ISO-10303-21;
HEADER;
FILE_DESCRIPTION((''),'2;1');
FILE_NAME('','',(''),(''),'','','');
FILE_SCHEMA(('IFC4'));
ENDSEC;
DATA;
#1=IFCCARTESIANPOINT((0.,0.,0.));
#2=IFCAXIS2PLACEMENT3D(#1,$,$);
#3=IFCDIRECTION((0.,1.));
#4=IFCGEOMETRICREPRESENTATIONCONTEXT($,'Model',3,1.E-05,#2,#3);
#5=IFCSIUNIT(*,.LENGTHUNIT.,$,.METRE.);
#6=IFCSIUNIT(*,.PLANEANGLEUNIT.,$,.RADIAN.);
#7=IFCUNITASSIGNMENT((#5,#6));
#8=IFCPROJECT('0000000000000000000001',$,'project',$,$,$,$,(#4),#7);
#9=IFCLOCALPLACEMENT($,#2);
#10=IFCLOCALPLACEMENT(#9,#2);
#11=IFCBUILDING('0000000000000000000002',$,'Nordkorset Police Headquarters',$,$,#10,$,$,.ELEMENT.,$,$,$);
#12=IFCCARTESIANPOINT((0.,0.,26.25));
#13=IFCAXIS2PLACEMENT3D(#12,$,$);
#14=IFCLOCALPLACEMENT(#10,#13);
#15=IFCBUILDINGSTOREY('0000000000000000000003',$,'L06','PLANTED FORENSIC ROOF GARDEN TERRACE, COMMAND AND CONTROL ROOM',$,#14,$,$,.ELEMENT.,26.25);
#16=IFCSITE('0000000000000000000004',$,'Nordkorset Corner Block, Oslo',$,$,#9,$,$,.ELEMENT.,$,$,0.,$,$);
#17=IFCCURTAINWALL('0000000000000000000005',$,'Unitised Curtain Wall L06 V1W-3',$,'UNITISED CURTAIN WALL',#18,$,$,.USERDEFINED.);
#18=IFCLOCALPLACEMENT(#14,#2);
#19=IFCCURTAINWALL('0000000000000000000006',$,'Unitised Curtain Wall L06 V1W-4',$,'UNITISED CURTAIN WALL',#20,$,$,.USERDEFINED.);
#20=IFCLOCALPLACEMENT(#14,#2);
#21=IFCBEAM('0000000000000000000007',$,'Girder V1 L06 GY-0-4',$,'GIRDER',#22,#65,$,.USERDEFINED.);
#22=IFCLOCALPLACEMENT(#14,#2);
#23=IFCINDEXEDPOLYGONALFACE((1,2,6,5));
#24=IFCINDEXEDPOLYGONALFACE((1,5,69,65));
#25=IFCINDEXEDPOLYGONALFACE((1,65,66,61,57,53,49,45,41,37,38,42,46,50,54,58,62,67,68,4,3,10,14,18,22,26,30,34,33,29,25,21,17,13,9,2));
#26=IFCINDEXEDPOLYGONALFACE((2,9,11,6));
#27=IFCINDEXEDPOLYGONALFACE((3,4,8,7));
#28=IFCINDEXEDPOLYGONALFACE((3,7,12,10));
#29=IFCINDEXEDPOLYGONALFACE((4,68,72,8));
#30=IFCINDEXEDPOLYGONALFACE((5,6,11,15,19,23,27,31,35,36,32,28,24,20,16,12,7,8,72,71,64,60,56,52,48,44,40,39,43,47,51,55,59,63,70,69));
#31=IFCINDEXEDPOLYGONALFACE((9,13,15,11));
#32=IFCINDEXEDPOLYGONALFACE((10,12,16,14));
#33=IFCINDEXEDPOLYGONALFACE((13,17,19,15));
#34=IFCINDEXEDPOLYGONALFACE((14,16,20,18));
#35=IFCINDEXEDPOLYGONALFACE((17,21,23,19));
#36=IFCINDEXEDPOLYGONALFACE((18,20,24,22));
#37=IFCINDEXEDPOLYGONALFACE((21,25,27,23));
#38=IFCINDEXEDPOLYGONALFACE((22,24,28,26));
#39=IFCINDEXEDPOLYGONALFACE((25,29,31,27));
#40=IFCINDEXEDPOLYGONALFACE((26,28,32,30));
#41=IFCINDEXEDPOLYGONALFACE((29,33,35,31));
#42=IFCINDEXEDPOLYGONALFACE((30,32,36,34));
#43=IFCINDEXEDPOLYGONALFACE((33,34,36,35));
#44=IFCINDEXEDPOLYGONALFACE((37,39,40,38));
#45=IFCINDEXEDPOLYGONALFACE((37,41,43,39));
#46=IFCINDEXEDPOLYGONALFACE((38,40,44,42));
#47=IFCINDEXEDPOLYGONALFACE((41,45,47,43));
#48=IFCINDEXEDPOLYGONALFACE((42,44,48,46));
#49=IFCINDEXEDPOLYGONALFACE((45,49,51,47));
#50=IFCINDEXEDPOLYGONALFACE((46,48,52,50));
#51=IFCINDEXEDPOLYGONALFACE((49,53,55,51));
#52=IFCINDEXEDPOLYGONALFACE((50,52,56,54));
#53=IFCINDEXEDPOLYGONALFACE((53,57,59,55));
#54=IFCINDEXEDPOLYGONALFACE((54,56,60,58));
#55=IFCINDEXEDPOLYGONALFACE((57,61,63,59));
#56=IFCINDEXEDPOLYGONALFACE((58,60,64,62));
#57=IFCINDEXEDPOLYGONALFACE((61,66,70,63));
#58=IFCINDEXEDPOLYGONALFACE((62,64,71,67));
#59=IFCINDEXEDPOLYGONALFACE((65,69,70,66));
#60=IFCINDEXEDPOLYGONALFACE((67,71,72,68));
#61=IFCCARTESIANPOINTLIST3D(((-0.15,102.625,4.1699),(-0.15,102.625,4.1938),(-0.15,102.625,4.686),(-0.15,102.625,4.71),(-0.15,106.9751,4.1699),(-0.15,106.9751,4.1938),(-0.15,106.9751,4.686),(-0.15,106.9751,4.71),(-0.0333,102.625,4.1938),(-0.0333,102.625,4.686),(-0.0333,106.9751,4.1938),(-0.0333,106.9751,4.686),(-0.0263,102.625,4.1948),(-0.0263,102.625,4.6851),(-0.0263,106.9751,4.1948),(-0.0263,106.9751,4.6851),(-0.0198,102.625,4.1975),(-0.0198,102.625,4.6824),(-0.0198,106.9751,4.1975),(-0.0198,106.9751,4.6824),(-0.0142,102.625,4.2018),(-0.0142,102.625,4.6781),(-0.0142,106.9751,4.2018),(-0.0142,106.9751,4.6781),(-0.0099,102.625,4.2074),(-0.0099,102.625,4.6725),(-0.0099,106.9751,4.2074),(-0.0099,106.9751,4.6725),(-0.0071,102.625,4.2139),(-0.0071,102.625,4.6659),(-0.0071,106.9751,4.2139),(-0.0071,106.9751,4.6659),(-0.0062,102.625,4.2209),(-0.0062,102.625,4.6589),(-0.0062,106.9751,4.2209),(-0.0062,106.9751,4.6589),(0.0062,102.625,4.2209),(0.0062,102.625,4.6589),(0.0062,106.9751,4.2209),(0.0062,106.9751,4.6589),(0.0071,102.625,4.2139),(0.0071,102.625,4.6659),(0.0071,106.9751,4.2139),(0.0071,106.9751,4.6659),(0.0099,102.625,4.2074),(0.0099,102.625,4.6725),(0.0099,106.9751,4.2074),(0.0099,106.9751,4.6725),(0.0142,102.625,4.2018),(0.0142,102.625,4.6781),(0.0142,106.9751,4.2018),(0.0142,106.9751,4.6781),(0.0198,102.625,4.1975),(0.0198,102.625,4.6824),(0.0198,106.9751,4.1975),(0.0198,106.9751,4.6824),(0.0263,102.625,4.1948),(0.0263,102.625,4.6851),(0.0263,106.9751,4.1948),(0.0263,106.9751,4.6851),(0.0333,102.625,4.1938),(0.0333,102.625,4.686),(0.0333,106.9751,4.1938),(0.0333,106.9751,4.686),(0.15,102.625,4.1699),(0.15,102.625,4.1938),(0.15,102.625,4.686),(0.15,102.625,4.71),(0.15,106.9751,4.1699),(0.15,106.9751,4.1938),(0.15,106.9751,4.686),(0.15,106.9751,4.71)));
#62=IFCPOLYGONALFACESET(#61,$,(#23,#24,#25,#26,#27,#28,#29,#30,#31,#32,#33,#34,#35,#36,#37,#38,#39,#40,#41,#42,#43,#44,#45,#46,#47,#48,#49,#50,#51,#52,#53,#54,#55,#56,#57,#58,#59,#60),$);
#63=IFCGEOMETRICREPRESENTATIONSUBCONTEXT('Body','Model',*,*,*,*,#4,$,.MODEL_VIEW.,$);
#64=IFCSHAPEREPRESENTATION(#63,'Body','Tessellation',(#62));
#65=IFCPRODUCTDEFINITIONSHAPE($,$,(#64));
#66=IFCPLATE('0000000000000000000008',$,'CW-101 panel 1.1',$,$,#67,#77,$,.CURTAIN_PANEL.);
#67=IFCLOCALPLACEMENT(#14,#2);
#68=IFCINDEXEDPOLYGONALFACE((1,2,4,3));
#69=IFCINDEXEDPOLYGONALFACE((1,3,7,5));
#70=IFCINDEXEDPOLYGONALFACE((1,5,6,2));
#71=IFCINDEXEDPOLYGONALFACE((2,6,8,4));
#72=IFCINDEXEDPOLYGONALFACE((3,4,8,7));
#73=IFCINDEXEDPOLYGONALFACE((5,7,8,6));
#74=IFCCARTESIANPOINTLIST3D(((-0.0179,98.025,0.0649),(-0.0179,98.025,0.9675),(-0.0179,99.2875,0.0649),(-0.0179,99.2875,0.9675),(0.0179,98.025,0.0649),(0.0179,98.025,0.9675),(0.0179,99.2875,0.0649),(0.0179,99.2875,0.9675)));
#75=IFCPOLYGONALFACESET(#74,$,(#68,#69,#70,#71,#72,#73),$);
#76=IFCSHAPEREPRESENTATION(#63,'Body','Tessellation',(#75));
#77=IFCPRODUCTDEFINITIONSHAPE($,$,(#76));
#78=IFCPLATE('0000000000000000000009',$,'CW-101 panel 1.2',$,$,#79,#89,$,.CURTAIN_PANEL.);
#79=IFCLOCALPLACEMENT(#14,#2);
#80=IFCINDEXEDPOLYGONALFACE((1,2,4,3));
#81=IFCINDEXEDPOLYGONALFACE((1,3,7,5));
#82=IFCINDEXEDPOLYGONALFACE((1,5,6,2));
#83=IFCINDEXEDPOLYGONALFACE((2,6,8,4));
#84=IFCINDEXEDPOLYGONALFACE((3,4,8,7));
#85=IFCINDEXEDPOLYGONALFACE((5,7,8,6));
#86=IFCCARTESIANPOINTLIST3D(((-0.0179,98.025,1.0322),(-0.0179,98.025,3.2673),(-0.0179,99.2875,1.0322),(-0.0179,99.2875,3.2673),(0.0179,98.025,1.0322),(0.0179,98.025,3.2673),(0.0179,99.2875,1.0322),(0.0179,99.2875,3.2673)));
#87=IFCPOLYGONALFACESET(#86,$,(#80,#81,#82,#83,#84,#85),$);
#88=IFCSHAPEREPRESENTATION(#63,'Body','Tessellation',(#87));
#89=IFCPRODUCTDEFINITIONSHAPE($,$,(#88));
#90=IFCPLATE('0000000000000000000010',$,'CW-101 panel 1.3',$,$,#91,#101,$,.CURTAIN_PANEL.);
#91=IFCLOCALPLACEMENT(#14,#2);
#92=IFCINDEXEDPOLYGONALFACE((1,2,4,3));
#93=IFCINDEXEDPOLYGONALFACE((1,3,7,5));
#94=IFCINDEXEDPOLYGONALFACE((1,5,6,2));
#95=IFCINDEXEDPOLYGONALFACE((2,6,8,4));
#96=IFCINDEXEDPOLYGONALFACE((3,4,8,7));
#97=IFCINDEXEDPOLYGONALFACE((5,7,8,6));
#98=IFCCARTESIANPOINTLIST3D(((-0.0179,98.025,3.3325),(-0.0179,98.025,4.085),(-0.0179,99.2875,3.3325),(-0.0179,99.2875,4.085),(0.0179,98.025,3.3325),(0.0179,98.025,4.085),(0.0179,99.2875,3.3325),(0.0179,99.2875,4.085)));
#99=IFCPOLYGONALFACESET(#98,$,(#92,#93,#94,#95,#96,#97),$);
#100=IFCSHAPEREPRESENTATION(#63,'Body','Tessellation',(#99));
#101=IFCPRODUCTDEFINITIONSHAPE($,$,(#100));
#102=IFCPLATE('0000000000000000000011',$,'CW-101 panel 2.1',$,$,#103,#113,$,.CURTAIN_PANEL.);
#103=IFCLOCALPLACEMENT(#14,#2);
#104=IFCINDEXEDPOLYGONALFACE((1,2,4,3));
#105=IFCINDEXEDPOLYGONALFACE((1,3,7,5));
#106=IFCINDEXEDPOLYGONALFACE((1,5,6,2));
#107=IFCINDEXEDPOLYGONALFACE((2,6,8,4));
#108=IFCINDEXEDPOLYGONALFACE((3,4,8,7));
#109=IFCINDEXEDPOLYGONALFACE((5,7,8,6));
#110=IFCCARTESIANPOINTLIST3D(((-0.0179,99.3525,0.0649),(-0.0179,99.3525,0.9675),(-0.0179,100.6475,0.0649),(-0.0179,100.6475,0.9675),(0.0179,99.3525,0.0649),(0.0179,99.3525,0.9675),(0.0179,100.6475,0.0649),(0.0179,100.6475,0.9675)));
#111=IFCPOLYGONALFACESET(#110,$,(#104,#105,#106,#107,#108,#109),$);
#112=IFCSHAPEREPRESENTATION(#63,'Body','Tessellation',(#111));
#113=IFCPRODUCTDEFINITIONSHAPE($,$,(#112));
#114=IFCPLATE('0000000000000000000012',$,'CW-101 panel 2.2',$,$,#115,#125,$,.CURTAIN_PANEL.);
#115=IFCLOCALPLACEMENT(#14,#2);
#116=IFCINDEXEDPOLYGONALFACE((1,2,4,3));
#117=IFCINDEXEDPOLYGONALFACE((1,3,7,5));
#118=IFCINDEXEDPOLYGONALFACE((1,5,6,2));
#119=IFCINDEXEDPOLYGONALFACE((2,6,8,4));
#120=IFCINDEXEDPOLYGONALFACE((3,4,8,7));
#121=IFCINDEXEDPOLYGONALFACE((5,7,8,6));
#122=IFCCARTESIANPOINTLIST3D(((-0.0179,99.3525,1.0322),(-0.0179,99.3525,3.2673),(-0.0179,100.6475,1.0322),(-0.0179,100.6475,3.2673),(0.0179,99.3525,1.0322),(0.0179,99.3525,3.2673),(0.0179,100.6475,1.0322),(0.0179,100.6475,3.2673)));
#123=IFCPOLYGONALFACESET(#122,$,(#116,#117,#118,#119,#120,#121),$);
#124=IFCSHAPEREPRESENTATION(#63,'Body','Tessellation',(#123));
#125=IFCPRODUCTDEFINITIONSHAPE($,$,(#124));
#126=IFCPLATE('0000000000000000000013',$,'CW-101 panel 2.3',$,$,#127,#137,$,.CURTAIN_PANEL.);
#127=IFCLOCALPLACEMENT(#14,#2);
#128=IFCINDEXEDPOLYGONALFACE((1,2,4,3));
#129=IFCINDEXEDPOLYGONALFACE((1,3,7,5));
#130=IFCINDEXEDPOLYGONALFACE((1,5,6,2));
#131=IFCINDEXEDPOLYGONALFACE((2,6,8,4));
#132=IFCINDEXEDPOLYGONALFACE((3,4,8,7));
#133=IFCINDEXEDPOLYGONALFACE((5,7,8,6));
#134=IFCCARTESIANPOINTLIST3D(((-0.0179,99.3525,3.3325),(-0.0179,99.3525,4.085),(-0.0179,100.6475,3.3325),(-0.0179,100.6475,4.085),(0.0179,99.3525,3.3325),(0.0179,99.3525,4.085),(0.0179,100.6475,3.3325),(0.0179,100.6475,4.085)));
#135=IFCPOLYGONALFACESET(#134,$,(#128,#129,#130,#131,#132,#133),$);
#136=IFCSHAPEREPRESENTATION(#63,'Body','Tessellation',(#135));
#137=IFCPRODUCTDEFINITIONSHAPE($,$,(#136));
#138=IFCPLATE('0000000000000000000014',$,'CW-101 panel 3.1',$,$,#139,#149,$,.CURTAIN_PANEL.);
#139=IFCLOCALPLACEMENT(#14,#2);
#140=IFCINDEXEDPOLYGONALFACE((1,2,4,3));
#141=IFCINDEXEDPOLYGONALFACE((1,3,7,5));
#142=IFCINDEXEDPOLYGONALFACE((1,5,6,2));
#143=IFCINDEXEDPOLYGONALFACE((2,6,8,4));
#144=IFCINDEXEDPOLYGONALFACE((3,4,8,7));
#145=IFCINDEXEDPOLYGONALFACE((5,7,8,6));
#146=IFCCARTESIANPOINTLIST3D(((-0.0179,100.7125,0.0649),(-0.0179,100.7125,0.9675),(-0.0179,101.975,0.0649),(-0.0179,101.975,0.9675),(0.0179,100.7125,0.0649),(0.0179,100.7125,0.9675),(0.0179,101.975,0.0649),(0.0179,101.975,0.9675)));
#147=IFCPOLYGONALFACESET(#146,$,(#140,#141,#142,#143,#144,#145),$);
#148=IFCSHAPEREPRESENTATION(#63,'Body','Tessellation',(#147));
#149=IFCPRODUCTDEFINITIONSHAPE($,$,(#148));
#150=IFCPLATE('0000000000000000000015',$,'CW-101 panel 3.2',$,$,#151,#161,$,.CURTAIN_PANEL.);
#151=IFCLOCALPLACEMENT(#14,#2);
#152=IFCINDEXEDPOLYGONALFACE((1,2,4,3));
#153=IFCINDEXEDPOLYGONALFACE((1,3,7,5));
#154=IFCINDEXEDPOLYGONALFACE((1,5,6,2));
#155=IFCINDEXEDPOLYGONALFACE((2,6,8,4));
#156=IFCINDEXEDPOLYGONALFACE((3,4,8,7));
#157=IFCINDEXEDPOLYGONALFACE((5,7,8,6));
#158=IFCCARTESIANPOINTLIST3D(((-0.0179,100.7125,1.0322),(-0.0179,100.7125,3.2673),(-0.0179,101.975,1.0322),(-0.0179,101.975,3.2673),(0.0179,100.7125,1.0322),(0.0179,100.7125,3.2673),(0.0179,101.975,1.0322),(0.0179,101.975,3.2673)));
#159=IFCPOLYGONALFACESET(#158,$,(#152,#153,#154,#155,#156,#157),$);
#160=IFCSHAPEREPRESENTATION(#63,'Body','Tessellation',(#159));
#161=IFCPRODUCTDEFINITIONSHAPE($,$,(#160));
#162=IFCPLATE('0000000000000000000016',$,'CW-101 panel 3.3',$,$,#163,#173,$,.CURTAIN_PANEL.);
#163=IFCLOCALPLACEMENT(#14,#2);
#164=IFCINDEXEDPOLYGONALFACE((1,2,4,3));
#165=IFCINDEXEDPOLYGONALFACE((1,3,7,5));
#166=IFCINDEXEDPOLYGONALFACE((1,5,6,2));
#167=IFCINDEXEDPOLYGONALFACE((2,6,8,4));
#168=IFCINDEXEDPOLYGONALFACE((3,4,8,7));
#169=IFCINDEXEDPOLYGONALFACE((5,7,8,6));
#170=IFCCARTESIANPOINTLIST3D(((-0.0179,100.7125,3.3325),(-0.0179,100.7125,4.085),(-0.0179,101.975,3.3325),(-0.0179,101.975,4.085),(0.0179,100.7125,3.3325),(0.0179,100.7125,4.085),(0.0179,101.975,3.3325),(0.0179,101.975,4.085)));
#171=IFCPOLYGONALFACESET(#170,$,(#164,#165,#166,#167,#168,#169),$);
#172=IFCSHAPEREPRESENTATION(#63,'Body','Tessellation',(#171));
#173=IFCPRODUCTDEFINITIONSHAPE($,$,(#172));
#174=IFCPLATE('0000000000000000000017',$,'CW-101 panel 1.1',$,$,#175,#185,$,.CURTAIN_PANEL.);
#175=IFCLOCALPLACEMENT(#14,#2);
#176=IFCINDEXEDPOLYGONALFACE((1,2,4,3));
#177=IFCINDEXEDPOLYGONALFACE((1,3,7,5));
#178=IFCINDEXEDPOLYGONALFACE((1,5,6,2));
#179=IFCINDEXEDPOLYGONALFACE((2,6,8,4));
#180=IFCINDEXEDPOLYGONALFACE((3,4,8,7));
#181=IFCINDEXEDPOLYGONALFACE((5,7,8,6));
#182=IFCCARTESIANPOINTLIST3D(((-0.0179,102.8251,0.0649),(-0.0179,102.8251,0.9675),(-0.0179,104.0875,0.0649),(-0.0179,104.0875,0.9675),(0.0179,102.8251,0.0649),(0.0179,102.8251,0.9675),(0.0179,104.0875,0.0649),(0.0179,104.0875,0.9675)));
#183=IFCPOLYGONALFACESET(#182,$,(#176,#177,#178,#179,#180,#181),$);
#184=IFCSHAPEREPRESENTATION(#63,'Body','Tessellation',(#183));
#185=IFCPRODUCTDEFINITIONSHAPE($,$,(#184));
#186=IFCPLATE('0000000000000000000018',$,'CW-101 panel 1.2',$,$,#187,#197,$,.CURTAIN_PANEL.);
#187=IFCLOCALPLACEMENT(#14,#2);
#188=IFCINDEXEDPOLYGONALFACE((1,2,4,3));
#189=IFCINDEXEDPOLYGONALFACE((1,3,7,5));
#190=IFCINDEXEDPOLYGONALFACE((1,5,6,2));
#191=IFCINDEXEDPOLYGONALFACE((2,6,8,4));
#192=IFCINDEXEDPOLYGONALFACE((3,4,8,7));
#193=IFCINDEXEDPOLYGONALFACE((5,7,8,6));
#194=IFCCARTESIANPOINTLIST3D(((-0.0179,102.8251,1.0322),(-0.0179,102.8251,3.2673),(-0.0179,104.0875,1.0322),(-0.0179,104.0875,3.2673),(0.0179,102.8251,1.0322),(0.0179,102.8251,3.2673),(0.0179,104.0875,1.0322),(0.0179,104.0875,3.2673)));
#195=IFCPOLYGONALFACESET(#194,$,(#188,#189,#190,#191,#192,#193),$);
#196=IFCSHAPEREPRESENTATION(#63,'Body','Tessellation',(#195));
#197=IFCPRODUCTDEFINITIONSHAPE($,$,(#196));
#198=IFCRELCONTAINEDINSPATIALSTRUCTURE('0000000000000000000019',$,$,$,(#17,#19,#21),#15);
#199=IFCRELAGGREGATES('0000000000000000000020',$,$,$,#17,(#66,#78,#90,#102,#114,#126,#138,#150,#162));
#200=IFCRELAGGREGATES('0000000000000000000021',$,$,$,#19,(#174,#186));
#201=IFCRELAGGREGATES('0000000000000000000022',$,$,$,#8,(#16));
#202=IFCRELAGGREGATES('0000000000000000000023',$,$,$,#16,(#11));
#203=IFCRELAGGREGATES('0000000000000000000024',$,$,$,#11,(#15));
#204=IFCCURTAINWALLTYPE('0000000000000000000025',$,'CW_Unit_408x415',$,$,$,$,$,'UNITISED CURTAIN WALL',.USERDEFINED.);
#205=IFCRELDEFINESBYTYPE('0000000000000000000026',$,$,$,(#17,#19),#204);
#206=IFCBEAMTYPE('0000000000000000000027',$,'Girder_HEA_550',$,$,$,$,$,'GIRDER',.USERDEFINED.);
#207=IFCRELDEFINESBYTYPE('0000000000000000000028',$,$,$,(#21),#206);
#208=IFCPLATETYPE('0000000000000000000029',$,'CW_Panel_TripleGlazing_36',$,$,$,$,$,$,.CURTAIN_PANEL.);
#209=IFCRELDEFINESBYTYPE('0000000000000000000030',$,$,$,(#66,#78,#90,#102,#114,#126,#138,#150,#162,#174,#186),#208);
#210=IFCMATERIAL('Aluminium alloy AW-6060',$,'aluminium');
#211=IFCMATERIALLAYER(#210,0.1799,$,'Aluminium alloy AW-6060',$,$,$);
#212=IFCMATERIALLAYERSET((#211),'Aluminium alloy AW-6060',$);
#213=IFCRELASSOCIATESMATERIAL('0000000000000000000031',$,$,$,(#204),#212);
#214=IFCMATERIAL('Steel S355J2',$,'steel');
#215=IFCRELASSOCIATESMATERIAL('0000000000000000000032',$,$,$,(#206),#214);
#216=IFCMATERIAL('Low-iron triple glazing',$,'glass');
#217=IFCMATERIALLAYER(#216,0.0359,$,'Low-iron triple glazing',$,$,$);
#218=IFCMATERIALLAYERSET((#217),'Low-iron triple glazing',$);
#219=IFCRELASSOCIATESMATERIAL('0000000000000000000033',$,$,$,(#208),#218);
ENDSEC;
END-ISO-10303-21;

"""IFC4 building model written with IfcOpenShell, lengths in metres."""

from ifc_helpers import new_model, si_unit, direction, frame, origin, origin_2d, place, context, subcontext, project, spatial, rectangle, i_section, extrude, material, layer, layer_set, material_profile, profile_set, type_object, element, aggregate, save


model = new_model("IFC4")

# Units and contexts
model_context = context("Model", 3, precision=1e-05, world=origin(), true_north=direction((0.0, 1.0)))
body_context = subcontext(model_context, "Body", "Model", "MODEL_VIEW")
ifc_project = project(units=[si_unit("LENGTHUNIT", "METRE"), si_unit("PLANEANGLEUNIT", "RADIAN")], contexts=[model_context])

# Site, building, storey
site_placement = place(None, origin())
site = spatial("IfcSite", under=ifc_project, at=site_placement, Name="Nordkorset Corner Block, Oslo", CompositionType="ELEMENT", RefElevation=0.0)
building_placement = place(site_placement, origin())
building = spatial("IfcBuilding", under=site, at=building_placement, Name="Nordkorset Police Headquarters", CompositionType="ELEMENT")
storey_placement = place(building_placement, frame((0.0, 0.0, 26.25)))
storey = spatial("IfcBuildingStorey", under=building, at=storey_placement, Name="L06", Description="PLANTED FORENSIC ROOF GARDEN TERRACE, COMMAND AND CONTROL ROOM", CompositionType="ELEMENT", Elevation=26.25)

# Curtain walls
ifc_material_1 = material(Name="Aluminium alloy AW-6060", Category="aluminium")
ifc_layer_1 = layer(ifc_material_1, 0.1799, Name="Aluminium alloy AW-6060")
ifc_layer_set_1 = layer_set([ifc_layer_1], Name="Aluminium alloy AW-6060")
curtain_wall_type = type_object("IfcCurtainWallType", Name="CW_Unit_408x415", ElementType="UNITISED CURTAIN WALL", PredefinedType="USERDEFINED", material=ifc_layer_set_1)
curtain_wall_1_placement = place(storey_placement, origin())
curtain_wall_1 = element("IfcCurtainWall", 1, at=curtain_wall_1_placement, inside=storey, type_object=curtain_wall_type, Name="Unitised Curtain Wall L06 V1W-3", ObjectType="UNITISED CURTAIN WALL", PredefinedType="USERDEFINED")
curtain_wall_2_placement = place(storey_placement, origin())
curtain_wall_2 = element("IfcCurtainWall", 2, at=curtain_wall_2_placement, inside=storey, type_object=curtain_wall_type, Name="Unitised Curtain Wall L06 V1W-4", ObjectType="UNITISED CURTAIN WALL", PredefinedType="USERDEFINED")

# Beam
ifc_material_2 = material(Name="Steel S355J2", Category="steel")
ifc_material_profile_1 = material_profile(ifc_material_2, i_section(OverallWidth=0.3, OverallDepth=0.54, WebThickness=0.0125, FlangeThickness=0.0239, FilletRadius=0.0271, at=origin_2d()), Name="HEA 550")
ifc_profile_set_1 = profile_set([ifc_material_profile_1], Name="Steel S355J2")
beam_type = type_object("IfcBeamType", Name="Girder_HEA_550", ElementType="GIRDER", PredefinedType="USERDEFINED", material=ifc_profile_set_1)
beam_placement = place(storey_placement, frame((0.0, 102.625, 4.4399), z_axis=(0.0, 1.0, 0.0), x_axis=(-1.0, 0.0, 0.0)))
element("IfcBeam", 3, at=beam_placement, inside=storey, type_object=beam_type, Name="Girder V1 L06 GY-0-4", ObjectType="GIRDER", PredefinedType="USERDEFINED", context=body_context, shape_type="SweptSolid", body=[
    extrude(i_section(OverallWidth=0.3, OverallDepth=0.54, WebThickness=0.0125, FlangeThickness=0.0239, FilletRadius=0.0271, at=origin_2d()), origin(), (0.0, 0.0, 1.0), 4.3501),
])

# Plates
ifc_material_3 = material(Name="Low-iron triple glazing", Category="glass")
ifc_layer_2 = layer(ifc_material_3, 0.0359, Name="Low-iron triple glazing")
ifc_layer_set_2 = layer_set([ifc_layer_2], Name="Low-iron triple glazing")
plate_type = type_object("IfcPlateType", Name="CW_Panel_TripleGlazing_36", PredefinedType="CURTAIN_PANEL", material=ifc_layer_set_2)
plate_1_placement = place(storey_placement, frame((0.0, 98.6562, 0.0649), z_axis=(0.0, 0.0, 1.0), x_axis=(0.0, 1.0, 0.0)))
plate_1 = element("IfcPlate", 4, at=plate_1_placement, type_object=plate_type, Name="CW-101 panel 1.1", PredefinedType="CURTAIN_PANEL", context=body_context, shape_type="SweptSolid", body=[
    extrude(rectangle(XDim=1.2625, YDim=0.0359, at=origin_2d()), origin(), (0.0, 0.0, 1.0), 0.9026),
])
plate_2_placement = place(storey_placement, frame((0.0, 98.6562, 1.0322), z_axis=(0.0, 0.0, 1.0), x_axis=(0.0, 1.0, 0.0)))
plate_2 = element("IfcPlate", 5, at=plate_2_placement, type_object=plate_type, Name="CW-101 panel 1.2", PredefinedType="CURTAIN_PANEL", context=body_context, shape_type="SweptSolid", body=[
    extrude(rectangle(XDim=1.2625, YDim=0.0359, at=origin_2d()), origin(), (0.0, 0.0, 1.0), 2.2351),
])
plate_3_placement = place(storey_placement, frame((0.0, 98.6562, 3.3325), z_axis=(0.0, 0.0, 1.0), x_axis=(0.0, 1.0, 0.0)))
plate_3 = element("IfcPlate", 6, at=plate_3_placement, type_object=plate_type, Name="CW-101 panel 1.3", PredefinedType="CURTAIN_PANEL", context=body_context, shape_type="SweptSolid", body=[
    extrude(rectangle(XDim=1.2625, YDim=0.0359, at=origin_2d()), origin(), (0.0, 0.0, 1.0), 0.7524),
])
plate_4_placement = place(storey_placement, frame((0.0, 100.0, 0.0649), z_axis=(0.0, 0.0, 1.0), x_axis=(0.0, 1.0, 0.0)))
plate_4 = element("IfcPlate", 7, at=plate_4_placement, type_object=plate_type, Name="CW-101 panel 2.1", PredefinedType="CURTAIN_PANEL", context=body_context, shape_type="SweptSolid", body=[
    extrude(rectangle(XDim=1.2949, YDim=0.0359, at=origin_2d()), origin(), (0.0, 0.0, 1.0), 0.9026),
])
plate_5_placement = place(storey_placement, frame((0.0, 100.0, 1.0322), z_axis=(0.0, 0.0, 1.0), x_axis=(0.0, 1.0, 0.0)))
plate_5 = element("IfcPlate", 8, at=plate_5_placement, type_object=plate_type, Name="CW-101 panel 2.2", PredefinedType="CURTAIN_PANEL", context=body_context, shape_type="SweptSolid", body=[
    extrude(rectangle(XDim=1.2949, YDim=0.0359, at=origin_2d()), origin(), (0.0, 0.0, 1.0), 2.2351),
])
plate_6_placement = place(storey_placement, frame((0.0, 100.0, 3.3325), z_axis=(0.0, 0.0, 1.0), x_axis=(0.0, 1.0, 0.0)))
plate_6 = element("IfcPlate", 9, at=plate_6_placement, type_object=plate_type, Name="CW-101 panel 2.3", PredefinedType="CURTAIN_PANEL", context=body_context, shape_type="SweptSolid", body=[
    extrude(rectangle(XDim=1.2949, YDim=0.0359, at=origin_2d()), origin(), (0.0, 0.0, 1.0), 0.7524),
])
plate_7_placement = place(storey_placement, frame((0.0, 101.3438, 0.0649), z_axis=(0.0, 0.0, 1.0), x_axis=(0.0, 1.0, 0.0)))
plate_7 = element("IfcPlate", 10, at=plate_7_placement, type_object=plate_type, Name="CW-101 panel 3.1", PredefinedType="CURTAIN_PANEL", context=body_context, shape_type="SweptSolid", body=[
    extrude(rectangle(XDim=1.2625, YDim=0.0359, at=origin_2d()), origin(), (0.0, 0.0, 1.0), 0.9026),
])
plate_8_placement = place(storey_placement, frame((0.0, 101.3438, 1.0322), z_axis=(0.0, 0.0, 1.0), x_axis=(0.0, 1.0, 0.0)))
plate_8 = element("IfcPlate", 11, at=plate_8_placement, type_object=plate_type, Name="CW-101 panel 3.2", PredefinedType="CURTAIN_PANEL", context=body_context, shape_type="SweptSolid", body=[
    extrude(rectangle(XDim=1.2625, YDim=0.0359, at=origin_2d()), origin(), (0.0, 0.0, 1.0), 2.2351),
])
plate_9_placement = place(storey_placement, frame((0.0, 101.3438, 3.3325), z_axis=(0.0, 0.0, 1.0), x_axis=(0.0, 1.0, 0.0)))
plate_9 = element("IfcPlate", 12, at=plate_9_placement, type_object=plate_type, Name="CW-101 panel 3.3", PredefinedType="CURTAIN_PANEL", context=body_context, shape_type="SweptSolid", body=[
    extrude(rectangle(XDim=1.2625, YDim=0.0359, at=origin_2d()), origin(), (0.0, 0.0, 1.0), 0.7524),
])
aggregate(curtain_wall_1, [plate_1, plate_2, plate_3, plate_4, plate_5, plate_6, plate_7, plate_8, plate_9])
plate_10_placement = place(storey_placement, frame((0.0, 103.4563, 0.0649), z_axis=(0.0, 0.0, 1.0), x_axis=(0.0, 1.0, 0.0)))
plate_10 = element("IfcPlate", 13, at=plate_10_placement, type_object=plate_type, Name="CW-101 panel 1.1", PredefinedType="CURTAIN_PANEL", context=body_context, shape_type="SweptSolid", body=[
    extrude(rectangle(XDim=1.2625, YDim=0.0359, at=origin_2d()), origin(), (0.0, 0.0, 1.0), 0.9026),
])
plate_11_placement = place(storey_placement, frame((0.0, 103.4563, 1.0322), z_axis=(0.0, 0.0, 1.0), x_axis=(0.0, 1.0, 0.0)))
plate_11 = element("IfcPlate", 14, at=plate_11_placement, type_object=plate_type, Name="CW-101 panel 1.2", PredefinedType="CURTAIN_PANEL", context=body_context, shape_type="SweptSolid", body=[
    extrude(rectangle(XDim=1.2625, YDim=0.0359, at=origin_2d()), origin(), (0.0, 0.0, 1.0), 2.2351),
])
aggregate(curtain_wall_2, [plate_10, plate_11])

save(model, "model.ifc")
